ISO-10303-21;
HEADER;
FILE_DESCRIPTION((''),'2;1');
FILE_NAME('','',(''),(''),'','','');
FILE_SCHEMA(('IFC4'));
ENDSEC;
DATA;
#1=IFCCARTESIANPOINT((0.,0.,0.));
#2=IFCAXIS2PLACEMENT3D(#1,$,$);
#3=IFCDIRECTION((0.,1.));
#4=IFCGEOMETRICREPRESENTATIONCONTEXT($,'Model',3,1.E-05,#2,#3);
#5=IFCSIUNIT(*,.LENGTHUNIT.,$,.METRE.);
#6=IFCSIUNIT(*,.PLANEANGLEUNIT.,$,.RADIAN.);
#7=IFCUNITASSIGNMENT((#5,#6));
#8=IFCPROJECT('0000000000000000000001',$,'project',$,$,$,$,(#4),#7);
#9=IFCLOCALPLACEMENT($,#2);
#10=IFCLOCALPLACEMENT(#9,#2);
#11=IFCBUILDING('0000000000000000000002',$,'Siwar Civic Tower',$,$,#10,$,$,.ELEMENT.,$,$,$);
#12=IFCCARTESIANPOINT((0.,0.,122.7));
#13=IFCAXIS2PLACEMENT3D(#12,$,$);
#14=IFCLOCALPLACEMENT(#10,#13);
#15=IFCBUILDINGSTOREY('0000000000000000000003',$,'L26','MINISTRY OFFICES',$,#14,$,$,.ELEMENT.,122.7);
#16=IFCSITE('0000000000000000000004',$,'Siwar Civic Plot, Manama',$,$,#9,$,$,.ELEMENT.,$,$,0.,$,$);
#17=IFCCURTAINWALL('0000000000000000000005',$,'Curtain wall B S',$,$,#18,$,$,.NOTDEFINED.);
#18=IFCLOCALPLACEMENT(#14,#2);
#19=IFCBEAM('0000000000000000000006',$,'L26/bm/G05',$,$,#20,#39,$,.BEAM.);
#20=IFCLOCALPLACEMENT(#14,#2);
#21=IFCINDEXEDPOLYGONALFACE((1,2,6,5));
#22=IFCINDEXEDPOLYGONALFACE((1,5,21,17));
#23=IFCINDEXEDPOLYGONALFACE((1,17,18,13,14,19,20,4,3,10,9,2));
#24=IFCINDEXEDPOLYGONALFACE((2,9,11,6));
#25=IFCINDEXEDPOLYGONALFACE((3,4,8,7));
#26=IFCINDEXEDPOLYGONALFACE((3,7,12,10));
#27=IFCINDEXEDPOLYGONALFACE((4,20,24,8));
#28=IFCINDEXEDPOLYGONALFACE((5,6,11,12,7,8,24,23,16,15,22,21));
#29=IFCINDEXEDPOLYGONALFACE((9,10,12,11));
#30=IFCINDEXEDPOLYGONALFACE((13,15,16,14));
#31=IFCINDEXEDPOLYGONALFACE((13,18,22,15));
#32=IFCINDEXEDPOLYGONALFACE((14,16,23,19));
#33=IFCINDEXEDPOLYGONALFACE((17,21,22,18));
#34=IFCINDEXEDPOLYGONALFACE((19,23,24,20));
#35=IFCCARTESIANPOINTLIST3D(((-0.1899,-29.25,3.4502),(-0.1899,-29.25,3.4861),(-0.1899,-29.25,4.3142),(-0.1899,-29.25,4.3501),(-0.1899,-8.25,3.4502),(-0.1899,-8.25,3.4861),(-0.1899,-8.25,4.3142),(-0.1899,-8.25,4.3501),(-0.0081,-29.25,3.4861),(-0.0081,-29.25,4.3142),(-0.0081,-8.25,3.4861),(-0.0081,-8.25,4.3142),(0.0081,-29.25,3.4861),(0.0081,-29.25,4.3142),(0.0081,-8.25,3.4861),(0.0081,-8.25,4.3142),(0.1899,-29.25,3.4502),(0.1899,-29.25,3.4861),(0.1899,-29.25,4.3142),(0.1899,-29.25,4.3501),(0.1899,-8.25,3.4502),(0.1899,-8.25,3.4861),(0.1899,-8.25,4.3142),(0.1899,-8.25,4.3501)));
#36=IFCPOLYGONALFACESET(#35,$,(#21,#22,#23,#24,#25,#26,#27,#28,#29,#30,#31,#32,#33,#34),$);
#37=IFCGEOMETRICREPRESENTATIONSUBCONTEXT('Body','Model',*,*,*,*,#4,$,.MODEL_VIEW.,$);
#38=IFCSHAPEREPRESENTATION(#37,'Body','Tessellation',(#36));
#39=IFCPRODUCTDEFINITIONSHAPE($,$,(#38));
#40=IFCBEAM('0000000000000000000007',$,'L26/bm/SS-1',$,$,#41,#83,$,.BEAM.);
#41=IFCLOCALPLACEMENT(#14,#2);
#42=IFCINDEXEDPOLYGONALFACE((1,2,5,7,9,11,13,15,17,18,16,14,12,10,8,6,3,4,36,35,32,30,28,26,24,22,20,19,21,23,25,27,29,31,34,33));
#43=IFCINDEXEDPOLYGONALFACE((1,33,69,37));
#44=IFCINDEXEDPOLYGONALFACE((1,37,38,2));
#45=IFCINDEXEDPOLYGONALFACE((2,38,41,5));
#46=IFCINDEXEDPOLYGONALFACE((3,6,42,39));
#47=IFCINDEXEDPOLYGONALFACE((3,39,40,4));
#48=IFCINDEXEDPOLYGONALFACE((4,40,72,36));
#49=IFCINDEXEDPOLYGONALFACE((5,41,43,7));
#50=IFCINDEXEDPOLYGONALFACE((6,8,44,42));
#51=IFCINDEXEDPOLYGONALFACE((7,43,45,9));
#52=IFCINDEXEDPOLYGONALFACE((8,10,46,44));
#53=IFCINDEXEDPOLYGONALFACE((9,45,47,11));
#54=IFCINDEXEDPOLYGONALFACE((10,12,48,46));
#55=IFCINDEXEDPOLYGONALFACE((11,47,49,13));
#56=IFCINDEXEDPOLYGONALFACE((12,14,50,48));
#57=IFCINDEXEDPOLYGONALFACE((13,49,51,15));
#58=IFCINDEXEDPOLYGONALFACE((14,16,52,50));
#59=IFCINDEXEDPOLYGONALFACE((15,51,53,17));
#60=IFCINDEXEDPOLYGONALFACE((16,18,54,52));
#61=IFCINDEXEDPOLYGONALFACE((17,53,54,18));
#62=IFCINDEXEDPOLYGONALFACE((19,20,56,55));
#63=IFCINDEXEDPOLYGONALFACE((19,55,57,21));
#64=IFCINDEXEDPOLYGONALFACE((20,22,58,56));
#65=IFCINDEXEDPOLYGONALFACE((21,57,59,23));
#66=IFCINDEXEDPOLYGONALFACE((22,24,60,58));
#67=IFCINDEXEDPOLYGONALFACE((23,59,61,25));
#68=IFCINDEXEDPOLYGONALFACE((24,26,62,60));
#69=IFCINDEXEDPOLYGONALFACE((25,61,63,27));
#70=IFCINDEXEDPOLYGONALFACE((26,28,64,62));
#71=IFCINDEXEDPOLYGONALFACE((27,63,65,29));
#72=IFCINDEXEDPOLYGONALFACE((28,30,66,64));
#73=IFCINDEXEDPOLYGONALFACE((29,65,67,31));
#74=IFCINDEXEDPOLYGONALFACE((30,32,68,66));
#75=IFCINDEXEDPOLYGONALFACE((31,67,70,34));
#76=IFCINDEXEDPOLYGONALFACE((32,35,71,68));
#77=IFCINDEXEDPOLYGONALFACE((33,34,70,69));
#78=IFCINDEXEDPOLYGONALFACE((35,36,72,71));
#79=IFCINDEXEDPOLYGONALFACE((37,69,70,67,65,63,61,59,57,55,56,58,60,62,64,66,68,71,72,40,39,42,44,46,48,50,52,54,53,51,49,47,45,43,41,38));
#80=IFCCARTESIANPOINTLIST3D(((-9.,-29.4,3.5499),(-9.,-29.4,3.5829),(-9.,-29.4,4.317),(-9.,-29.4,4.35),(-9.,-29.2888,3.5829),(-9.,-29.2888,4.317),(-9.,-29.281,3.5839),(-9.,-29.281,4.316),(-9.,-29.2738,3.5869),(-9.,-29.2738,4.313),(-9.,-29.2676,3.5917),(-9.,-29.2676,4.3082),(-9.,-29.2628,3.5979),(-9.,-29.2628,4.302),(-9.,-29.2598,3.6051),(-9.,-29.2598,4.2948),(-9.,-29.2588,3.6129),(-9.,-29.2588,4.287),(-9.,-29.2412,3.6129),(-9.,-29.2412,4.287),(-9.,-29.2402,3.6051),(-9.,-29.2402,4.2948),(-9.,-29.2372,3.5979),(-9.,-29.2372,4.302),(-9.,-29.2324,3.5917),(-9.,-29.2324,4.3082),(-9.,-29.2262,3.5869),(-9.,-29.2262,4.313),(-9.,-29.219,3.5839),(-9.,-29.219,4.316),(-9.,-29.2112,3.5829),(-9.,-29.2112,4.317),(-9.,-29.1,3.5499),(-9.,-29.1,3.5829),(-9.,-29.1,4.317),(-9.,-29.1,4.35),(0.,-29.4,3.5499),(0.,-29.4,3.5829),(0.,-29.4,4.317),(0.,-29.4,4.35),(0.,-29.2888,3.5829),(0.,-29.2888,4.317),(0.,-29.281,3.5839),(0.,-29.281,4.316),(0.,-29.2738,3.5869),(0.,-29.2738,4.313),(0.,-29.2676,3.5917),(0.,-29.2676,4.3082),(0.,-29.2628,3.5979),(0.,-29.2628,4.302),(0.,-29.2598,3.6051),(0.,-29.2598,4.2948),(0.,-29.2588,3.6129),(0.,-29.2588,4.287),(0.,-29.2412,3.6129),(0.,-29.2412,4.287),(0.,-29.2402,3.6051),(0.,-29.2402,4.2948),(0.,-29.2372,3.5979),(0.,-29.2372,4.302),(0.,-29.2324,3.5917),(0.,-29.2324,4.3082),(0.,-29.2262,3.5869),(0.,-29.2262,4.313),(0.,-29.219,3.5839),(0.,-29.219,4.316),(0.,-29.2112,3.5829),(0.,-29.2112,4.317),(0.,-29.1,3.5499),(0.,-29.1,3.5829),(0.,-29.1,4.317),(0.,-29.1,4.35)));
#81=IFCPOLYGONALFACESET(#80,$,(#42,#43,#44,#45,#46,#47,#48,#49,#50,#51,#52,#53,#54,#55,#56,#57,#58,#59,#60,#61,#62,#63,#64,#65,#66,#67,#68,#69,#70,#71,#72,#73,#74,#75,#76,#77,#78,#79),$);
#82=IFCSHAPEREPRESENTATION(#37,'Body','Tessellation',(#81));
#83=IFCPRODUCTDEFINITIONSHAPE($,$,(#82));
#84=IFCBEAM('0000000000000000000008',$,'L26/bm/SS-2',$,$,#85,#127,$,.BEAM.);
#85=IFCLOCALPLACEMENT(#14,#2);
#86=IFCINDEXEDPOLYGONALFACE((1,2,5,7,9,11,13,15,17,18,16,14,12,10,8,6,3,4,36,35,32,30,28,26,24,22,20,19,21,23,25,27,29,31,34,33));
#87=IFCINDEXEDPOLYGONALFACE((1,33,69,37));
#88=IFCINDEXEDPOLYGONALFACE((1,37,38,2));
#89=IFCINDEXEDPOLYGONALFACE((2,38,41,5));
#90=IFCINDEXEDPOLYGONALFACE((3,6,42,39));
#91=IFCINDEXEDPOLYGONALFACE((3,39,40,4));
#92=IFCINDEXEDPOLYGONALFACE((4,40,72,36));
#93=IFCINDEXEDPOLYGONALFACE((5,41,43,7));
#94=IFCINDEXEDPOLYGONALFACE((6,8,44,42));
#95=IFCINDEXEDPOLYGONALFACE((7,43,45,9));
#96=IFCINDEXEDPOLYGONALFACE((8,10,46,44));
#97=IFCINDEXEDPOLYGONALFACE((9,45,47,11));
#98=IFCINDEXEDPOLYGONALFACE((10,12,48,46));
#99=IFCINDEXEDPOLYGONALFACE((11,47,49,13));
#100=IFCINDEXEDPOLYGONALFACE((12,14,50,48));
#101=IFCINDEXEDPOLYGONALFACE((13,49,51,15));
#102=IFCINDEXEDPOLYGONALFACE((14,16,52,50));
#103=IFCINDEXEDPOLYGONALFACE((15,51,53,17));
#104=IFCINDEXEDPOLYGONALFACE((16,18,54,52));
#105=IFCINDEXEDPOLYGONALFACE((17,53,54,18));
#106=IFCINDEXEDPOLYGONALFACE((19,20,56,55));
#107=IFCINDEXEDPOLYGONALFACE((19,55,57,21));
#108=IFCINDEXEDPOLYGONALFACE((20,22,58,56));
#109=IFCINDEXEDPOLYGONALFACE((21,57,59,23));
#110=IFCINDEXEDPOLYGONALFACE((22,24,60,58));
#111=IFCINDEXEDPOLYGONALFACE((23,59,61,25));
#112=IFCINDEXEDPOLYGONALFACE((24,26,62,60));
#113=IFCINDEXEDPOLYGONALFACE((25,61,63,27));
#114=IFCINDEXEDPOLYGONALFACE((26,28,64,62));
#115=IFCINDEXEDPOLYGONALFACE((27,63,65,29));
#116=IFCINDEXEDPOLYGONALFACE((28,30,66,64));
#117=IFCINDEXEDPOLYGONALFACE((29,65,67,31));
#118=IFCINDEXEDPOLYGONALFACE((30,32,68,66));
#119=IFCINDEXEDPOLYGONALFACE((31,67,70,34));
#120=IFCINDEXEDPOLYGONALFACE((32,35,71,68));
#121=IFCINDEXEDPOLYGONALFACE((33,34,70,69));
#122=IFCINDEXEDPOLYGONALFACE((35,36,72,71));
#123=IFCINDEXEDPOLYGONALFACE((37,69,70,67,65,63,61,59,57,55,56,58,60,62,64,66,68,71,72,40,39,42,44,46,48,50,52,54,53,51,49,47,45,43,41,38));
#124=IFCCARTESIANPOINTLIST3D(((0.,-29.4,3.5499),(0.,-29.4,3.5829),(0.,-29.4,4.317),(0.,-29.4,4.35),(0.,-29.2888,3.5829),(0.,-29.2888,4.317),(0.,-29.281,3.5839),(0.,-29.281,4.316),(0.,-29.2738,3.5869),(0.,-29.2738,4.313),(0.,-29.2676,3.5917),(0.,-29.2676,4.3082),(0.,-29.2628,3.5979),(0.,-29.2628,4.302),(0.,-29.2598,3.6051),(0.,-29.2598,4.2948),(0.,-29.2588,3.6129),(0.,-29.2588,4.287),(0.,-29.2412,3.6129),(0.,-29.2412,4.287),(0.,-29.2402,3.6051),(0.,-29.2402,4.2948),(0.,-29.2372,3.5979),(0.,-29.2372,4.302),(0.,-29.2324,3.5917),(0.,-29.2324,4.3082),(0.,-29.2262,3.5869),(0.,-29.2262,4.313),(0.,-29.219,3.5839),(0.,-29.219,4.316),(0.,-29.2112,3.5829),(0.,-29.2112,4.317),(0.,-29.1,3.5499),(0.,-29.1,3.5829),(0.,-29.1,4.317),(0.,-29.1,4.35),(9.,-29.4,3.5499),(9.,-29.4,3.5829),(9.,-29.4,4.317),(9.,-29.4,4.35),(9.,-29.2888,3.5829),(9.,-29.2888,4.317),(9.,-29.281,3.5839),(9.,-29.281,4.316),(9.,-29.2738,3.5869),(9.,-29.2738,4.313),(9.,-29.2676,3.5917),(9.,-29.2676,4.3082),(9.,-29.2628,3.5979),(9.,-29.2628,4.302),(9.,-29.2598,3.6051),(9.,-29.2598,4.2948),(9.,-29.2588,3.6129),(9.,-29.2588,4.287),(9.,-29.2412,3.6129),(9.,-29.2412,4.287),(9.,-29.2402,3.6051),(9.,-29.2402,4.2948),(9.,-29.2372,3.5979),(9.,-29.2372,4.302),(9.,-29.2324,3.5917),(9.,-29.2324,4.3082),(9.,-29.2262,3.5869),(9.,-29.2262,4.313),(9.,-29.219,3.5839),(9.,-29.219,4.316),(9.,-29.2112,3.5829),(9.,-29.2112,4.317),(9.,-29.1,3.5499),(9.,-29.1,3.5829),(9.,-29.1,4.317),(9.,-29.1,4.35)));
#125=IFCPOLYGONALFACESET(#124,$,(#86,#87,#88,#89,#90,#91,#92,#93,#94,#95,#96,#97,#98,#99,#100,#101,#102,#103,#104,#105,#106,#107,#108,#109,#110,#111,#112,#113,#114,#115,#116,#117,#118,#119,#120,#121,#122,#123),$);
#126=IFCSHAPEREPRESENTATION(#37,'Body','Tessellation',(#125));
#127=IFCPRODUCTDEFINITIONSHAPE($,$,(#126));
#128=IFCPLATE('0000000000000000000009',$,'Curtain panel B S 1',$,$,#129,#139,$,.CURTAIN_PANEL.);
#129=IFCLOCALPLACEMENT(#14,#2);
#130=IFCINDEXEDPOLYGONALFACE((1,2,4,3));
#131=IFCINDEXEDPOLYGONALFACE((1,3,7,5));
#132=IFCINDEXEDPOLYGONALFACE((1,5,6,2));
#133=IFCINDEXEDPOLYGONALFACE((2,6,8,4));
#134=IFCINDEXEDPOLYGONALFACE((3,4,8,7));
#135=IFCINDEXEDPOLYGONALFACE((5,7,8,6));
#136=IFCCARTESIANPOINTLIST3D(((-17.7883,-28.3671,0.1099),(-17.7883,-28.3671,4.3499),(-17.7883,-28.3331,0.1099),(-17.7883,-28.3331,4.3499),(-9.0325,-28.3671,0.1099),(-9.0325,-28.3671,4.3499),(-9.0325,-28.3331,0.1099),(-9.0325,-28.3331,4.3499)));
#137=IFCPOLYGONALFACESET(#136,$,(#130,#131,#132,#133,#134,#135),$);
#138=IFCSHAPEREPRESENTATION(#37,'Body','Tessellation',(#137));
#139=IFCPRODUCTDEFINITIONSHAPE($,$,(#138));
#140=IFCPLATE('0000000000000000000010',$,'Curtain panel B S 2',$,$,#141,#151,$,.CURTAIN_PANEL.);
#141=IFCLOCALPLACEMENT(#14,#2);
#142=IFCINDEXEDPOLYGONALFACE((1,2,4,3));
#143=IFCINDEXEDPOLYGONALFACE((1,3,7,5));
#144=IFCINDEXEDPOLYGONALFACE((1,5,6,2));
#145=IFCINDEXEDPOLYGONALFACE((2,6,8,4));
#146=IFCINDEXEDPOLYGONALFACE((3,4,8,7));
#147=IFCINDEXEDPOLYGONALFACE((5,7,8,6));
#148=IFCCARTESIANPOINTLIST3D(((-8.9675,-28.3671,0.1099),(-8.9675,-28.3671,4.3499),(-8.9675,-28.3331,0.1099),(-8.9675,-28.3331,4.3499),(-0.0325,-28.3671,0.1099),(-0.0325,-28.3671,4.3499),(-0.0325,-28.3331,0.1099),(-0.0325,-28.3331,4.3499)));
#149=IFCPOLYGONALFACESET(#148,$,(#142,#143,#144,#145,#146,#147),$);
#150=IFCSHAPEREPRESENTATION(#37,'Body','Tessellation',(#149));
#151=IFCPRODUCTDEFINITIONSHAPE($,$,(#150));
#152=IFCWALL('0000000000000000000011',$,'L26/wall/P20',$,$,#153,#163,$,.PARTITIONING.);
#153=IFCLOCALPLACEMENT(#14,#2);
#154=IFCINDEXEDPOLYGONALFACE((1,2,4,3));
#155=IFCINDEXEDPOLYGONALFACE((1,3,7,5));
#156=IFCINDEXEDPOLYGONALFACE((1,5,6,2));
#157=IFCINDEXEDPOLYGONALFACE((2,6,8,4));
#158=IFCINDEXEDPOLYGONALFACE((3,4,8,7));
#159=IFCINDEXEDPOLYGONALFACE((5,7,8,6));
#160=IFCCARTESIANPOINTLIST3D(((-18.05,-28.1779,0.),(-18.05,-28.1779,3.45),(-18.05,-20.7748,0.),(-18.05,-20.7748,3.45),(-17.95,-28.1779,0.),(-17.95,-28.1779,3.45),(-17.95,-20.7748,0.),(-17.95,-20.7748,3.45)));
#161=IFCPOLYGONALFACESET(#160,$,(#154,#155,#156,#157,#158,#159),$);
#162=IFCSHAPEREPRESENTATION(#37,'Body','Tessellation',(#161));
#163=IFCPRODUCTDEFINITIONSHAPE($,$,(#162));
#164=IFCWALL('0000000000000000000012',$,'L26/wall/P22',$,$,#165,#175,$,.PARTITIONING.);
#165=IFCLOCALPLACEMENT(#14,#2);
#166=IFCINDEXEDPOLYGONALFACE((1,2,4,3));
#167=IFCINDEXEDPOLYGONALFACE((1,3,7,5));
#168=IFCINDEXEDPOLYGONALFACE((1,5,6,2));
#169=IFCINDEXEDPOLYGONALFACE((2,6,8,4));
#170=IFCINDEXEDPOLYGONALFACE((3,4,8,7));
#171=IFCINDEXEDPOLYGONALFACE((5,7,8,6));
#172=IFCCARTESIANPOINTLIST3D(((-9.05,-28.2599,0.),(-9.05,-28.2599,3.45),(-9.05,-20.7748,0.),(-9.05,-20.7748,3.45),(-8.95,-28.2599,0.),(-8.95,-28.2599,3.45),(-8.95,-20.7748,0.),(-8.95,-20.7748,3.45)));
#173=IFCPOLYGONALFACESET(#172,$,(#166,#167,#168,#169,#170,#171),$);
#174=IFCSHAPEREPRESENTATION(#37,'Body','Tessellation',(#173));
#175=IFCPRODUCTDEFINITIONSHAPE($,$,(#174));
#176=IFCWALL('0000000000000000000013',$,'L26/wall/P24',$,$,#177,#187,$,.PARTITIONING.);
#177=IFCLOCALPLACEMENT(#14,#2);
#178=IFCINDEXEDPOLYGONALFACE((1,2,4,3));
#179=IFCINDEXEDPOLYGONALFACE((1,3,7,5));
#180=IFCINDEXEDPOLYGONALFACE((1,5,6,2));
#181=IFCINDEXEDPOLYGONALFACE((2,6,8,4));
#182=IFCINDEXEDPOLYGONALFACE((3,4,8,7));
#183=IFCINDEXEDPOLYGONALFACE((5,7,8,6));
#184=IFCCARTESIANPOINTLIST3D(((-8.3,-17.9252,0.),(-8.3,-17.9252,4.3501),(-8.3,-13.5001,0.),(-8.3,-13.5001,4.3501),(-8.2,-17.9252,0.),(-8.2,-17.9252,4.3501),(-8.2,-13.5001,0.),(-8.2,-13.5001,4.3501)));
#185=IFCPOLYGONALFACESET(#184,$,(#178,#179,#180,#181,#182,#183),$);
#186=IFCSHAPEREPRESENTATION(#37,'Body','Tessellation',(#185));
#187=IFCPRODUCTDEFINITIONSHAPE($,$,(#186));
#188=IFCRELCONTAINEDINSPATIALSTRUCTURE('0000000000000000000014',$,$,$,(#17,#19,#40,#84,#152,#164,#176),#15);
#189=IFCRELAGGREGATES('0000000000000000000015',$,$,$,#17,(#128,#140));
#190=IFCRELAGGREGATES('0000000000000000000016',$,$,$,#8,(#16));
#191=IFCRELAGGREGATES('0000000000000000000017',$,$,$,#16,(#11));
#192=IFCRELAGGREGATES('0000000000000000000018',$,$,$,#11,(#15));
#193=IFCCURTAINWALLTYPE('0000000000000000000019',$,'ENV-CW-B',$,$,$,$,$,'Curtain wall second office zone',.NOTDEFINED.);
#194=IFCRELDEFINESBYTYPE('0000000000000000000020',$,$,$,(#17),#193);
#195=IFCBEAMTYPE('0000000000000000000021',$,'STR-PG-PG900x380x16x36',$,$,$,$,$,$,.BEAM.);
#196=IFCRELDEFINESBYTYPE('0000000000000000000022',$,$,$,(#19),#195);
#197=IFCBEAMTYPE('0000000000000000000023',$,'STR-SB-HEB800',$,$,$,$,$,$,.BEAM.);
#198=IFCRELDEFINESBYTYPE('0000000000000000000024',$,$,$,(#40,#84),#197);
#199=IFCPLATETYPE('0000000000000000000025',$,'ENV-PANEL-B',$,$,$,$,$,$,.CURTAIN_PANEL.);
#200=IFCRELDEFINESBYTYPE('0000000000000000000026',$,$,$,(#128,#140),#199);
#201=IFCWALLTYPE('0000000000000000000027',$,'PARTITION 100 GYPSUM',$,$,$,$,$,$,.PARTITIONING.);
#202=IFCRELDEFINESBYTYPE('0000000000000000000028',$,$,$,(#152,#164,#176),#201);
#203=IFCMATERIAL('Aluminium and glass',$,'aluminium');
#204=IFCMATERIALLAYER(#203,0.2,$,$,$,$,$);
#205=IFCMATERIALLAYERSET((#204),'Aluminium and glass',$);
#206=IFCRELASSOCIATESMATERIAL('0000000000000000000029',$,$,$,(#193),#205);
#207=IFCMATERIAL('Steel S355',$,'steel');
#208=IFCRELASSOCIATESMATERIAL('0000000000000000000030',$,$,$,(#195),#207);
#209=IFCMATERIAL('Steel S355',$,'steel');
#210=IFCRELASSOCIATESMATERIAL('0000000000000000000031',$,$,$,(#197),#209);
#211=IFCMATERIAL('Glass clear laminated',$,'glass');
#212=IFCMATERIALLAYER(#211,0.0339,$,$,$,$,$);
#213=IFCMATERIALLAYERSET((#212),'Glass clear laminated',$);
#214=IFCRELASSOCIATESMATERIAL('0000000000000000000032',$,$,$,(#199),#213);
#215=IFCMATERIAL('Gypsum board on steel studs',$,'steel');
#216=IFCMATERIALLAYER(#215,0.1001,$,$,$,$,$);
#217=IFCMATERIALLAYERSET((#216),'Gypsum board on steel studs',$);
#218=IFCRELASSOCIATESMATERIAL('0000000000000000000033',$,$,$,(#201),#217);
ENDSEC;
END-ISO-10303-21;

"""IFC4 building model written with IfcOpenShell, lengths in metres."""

from ifc_helpers import new_model, si_unit, direction, frame, frame_2d, origin, origin_2d, place, context, subcontext, project, spatial, rectangle, i_section, extrude, material, layer, layer_set, material_profile, profile_set, type_object, element, aggregate, save


model = new_model("IFC4")

# Units and contexts
model_context = context("Model", 3, precision=1e-05, world=origin(), true_north=direction((0.0, 1.0)))
body_context = subcontext(model_context, "Body", "Model", "MODEL_VIEW")
ifc_project = project(units=[si_unit("LENGTHUNIT", "METRE"), si_unit("PLANEANGLEUNIT", "RADIAN")], contexts=[model_context])

# Site, building, storey
site_placement = place(None, origin())
site = spatial("IfcSite", under=ifc_project, at=site_placement, Name="Siwar Civic Plot, Manama", CompositionType="ELEMENT", RefElevation=0.0)
building_placement = place(site_placement, origin())
building = spatial("IfcBuilding", under=site, at=building_placement, Name="Siwar Civic Tower", CompositionType="ELEMENT")
storey_placement = place(building_placement, frame((0.0, 0.0, 122.7)))
storey = spatial("IfcBuildingStorey", under=building, at=storey_placement, Name="L26", Description="MINISTRY OFFICES", CompositionType="ELEMENT", Elevation=122.7)

# Curtain wall
ifc_material_1 = material(Name="Aluminium and glass", Category="aluminium")
ifc_layer_1 = layer(ifc_material_1, 0.2)
ifc_layer_set_1 = layer_set([ifc_layer_1], Name="Aluminium and glass")
curtain_wall_type = type_object("IfcCurtainWallType", Name="ENV-CW-B", ElementType="Curtain wall second office zone", PredefinedType="NOTDEFINED", material=ifc_layer_set_1)
curtain_wall_placement = place(storey_placement, origin())
curtain_wall = element("IfcCurtainWall", 1, at=curtain_wall_placement, inside=storey, type_object=curtain_wall_type, Name="Curtain wall B S", PredefinedType="NOTDEFINED")

# Beams
ifc_material_2 = material(Name="Steel S355", Category="steel")
ifc_material_profile_1 = material_profile(ifc_material_2, i_section(OverallWidth=0.3799, OverallDepth=0.8999, WebThickness=0.0161, FlangeThickness=0.0359, at=origin_2d()), Name="PG900x380x16x36")
ifc_profile_set_1 = profile_set([ifc_material_profile_1], Name="Steel S355")
beam_type_1 = type_object("IfcBeamType", Name="STR-PG-PG900x380x16x36", PredefinedType="BEAM", material=ifc_profile_set_1)
beam_1_placement = place(storey_placement, frame((0.0, -29.25, 3.9001), z_axis=(0.0, 1.0, 0.0), x_axis=(-1.0, 0.0, 0.0)))
element("IfcBeam", 2, at=beam_1_placement, inside=storey, type_object=beam_type_1, Name="L26/bm/G05", PredefinedType="BEAM", context=body_context, shape_type="SweptSolid", body=[
    extrude(i_section(OverallWidth=0.3799, OverallDepth=0.8999, WebThickness=0.0161, FlangeThickness=0.0359, at=origin_2d()), origin(), (0.0, 0.0, 1.0), 21.0),
])
ifc_material_3 = material(Name="Steel S355", Category="steel")
ifc_material_profile_2 = material_profile(ifc_material_3, i_section(OverallWidth=0.3, OverallDepth=0.8, WebThickness=0.0176, FlangeThickness=0.033, FilletRadius=0.03, at=origin_2d()), Name="HEB800")
ifc_profile_set_2 = profile_set([ifc_material_profile_2], Name="Steel S355")
beam_type_2 = type_object("IfcBeamType", Name="STR-SB-HEB800", PredefinedType="BEAM", material=ifc_profile_set_2)
for number, where, z_axis, x_axis, name in (
    (3, (-9.0, -29.25, 3.95), (1.0, 0.0, 0.0), (0.0, 1.0, 0.0), "L26/bm/SS-1"),
    (4, (0.0, -29.25, 3.95), (1.0, 0.0, 0.0), (0.0, 1.0, 0.0), "L26/bm/SS-2"),
):
    element("IfcBeam", number, at=place(storey_placement, frame(where, z_axis=z_axis, x_axis=x_axis)), inside=storey, type_object=beam_type_2, Name=name, PredefinedType="BEAM", context=body_context, shape_type="SweptSolid", body=[
        extrude(i_section(OverallWidth=0.3, OverallDepth=0.8, WebThickness=0.0176, FlangeThickness=0.033, FilletRadius=0.03, at=origin_2d()), origin(), (0.0, 0.0, 1.0), 9.0),
    ])

# Plates
ifc_material_4 = material(Name="Glass clear laminated", Category="glass")
ifc_layer_2 = layer(ifc_material_4, 0.0339)
ifc_layer_set_2 = layer_set([ifc_layer_2], Name="Glass clear laminated")
plate_type = type_object("IfcPlateType", Name="ENV-PANEL-B", PredefinedType="CURTAIN_PANEL", material=ifc_layer_set_2)
plate_1_placement = place(storey_placement, frame((-13.4104, -28.3501, 0.1099), z_axis=(0.0, 0.0, 1.0), x_axis=(1.0, 0.0, 0.0)))
plate_1 = element("IfcPlate", 5, at=plate_1_placement, type_object=plate_type, Name="Curtain panel B S 1", PredefinedType="CURTAIN_PANEL", context=body_context, shape_type="SweptSolid", body=[
    extrude(rectangle(XDim=8.7559, YDim=0.0339, at=origin_2d()), origin(), (0.0, 0.0, 1.0), 4.24),
])
plate_2_placement = place(storey_placement, frame((-4.5, -28.3501, 0.1099), z_axis=(0.0, 0.0, 1.0), x_axis=(1.0, 0.0, 0.0)))
plate_2 = element("IfcPlate", 6, at=plate_2_placement, type_object=plate_type, Name="Curtain panel B S 2", PredefinedType="CURTAIN_PANEL", context=body_context, shape_type="SweptSolid", body=[
    extrude(rectangle(XDim=8.9351, YDim=0.0339, at=origin_2d()), origin(), (0.0, 0.0, 1.0), 4.24),
])
aggregate(curtain_wall, [plate_1, plate_2])

# Walls
ifc_material_5 = material(Name="Gypsum board on steel studs", Category="steel")
ifc_layer_3 = layer(ifc_material_5, 0.1001)
ifc_layer_set_3 = layer_set([ifc_layer_3], Name="Gypsum board on steel studs")
wall_type = type_object("IfcWallType", Name="PARTITION 100 GYPSUM", PredefinedType="PARTITIONING", material=ifc_layer_set_3)
wall_1_placement = place(storey_placement, frame((-18.0, -28.178, 0.0), z_axis=(0.0, 0.0, 1.0), x_axis=(0.0, 1.0, 0.0)))
element("IfcWall", 7, at=wall_1_placement, inside=storey, type_object=wall_type, Name="L26/wall/P20", PredefinedType="PARTITIONING", context=body_context, shape_type="SweptSolid", body=[
    extrude(rectangle(XDim=7.4031, YDim=0.1001, at=frame_2d((3.7017, 0.0))), origin(), (0.0, 0.0, 1.0), 3.45),
])
wall_2_placement = place(storey_placement, frame((-9.0, -28.26, 0.0), z_axis=(0.0, 0.0, 1.0), x_axis=(0.0, 1.0, 0.0)))
element("IfcWall", 8, at=wall_2_placement, inside=storey, type_object=wall_type, Name="L26/wall/P22", PredefinedType="PARTITIONING", context=body_context, shape_type="SweptSolid", body=[
    extrude(rectangle(XDim=7.4851, YDim=0.1001, at=frame_2d((3.7427, 0.0))), origin(), (0.0, 0.0, 1.0), 3.45),
])
wall_3_placement = place(storey_placement, frame((-8.25, -17.925, 0.0), z_axis=(0.0, 0.0, 1.0), x_axis=(0.0, 1.0, 0.0)))
element("IfcWall", 9, at=wall_3_placement, inside=storey, type_object=wall_type, Name="L26/wall/P24", PredefinedType="PARTITIONING", context=body_context, shape_type="SweptSolid", body=[
    extrude(rectangle(XDim=4.425, YDim=0.1001, at=frame_2d((2.2124, 0.0))), origin(), (0.0, 0.0, 1.0), 4.3501),
])

save(model, "model.ifc")
